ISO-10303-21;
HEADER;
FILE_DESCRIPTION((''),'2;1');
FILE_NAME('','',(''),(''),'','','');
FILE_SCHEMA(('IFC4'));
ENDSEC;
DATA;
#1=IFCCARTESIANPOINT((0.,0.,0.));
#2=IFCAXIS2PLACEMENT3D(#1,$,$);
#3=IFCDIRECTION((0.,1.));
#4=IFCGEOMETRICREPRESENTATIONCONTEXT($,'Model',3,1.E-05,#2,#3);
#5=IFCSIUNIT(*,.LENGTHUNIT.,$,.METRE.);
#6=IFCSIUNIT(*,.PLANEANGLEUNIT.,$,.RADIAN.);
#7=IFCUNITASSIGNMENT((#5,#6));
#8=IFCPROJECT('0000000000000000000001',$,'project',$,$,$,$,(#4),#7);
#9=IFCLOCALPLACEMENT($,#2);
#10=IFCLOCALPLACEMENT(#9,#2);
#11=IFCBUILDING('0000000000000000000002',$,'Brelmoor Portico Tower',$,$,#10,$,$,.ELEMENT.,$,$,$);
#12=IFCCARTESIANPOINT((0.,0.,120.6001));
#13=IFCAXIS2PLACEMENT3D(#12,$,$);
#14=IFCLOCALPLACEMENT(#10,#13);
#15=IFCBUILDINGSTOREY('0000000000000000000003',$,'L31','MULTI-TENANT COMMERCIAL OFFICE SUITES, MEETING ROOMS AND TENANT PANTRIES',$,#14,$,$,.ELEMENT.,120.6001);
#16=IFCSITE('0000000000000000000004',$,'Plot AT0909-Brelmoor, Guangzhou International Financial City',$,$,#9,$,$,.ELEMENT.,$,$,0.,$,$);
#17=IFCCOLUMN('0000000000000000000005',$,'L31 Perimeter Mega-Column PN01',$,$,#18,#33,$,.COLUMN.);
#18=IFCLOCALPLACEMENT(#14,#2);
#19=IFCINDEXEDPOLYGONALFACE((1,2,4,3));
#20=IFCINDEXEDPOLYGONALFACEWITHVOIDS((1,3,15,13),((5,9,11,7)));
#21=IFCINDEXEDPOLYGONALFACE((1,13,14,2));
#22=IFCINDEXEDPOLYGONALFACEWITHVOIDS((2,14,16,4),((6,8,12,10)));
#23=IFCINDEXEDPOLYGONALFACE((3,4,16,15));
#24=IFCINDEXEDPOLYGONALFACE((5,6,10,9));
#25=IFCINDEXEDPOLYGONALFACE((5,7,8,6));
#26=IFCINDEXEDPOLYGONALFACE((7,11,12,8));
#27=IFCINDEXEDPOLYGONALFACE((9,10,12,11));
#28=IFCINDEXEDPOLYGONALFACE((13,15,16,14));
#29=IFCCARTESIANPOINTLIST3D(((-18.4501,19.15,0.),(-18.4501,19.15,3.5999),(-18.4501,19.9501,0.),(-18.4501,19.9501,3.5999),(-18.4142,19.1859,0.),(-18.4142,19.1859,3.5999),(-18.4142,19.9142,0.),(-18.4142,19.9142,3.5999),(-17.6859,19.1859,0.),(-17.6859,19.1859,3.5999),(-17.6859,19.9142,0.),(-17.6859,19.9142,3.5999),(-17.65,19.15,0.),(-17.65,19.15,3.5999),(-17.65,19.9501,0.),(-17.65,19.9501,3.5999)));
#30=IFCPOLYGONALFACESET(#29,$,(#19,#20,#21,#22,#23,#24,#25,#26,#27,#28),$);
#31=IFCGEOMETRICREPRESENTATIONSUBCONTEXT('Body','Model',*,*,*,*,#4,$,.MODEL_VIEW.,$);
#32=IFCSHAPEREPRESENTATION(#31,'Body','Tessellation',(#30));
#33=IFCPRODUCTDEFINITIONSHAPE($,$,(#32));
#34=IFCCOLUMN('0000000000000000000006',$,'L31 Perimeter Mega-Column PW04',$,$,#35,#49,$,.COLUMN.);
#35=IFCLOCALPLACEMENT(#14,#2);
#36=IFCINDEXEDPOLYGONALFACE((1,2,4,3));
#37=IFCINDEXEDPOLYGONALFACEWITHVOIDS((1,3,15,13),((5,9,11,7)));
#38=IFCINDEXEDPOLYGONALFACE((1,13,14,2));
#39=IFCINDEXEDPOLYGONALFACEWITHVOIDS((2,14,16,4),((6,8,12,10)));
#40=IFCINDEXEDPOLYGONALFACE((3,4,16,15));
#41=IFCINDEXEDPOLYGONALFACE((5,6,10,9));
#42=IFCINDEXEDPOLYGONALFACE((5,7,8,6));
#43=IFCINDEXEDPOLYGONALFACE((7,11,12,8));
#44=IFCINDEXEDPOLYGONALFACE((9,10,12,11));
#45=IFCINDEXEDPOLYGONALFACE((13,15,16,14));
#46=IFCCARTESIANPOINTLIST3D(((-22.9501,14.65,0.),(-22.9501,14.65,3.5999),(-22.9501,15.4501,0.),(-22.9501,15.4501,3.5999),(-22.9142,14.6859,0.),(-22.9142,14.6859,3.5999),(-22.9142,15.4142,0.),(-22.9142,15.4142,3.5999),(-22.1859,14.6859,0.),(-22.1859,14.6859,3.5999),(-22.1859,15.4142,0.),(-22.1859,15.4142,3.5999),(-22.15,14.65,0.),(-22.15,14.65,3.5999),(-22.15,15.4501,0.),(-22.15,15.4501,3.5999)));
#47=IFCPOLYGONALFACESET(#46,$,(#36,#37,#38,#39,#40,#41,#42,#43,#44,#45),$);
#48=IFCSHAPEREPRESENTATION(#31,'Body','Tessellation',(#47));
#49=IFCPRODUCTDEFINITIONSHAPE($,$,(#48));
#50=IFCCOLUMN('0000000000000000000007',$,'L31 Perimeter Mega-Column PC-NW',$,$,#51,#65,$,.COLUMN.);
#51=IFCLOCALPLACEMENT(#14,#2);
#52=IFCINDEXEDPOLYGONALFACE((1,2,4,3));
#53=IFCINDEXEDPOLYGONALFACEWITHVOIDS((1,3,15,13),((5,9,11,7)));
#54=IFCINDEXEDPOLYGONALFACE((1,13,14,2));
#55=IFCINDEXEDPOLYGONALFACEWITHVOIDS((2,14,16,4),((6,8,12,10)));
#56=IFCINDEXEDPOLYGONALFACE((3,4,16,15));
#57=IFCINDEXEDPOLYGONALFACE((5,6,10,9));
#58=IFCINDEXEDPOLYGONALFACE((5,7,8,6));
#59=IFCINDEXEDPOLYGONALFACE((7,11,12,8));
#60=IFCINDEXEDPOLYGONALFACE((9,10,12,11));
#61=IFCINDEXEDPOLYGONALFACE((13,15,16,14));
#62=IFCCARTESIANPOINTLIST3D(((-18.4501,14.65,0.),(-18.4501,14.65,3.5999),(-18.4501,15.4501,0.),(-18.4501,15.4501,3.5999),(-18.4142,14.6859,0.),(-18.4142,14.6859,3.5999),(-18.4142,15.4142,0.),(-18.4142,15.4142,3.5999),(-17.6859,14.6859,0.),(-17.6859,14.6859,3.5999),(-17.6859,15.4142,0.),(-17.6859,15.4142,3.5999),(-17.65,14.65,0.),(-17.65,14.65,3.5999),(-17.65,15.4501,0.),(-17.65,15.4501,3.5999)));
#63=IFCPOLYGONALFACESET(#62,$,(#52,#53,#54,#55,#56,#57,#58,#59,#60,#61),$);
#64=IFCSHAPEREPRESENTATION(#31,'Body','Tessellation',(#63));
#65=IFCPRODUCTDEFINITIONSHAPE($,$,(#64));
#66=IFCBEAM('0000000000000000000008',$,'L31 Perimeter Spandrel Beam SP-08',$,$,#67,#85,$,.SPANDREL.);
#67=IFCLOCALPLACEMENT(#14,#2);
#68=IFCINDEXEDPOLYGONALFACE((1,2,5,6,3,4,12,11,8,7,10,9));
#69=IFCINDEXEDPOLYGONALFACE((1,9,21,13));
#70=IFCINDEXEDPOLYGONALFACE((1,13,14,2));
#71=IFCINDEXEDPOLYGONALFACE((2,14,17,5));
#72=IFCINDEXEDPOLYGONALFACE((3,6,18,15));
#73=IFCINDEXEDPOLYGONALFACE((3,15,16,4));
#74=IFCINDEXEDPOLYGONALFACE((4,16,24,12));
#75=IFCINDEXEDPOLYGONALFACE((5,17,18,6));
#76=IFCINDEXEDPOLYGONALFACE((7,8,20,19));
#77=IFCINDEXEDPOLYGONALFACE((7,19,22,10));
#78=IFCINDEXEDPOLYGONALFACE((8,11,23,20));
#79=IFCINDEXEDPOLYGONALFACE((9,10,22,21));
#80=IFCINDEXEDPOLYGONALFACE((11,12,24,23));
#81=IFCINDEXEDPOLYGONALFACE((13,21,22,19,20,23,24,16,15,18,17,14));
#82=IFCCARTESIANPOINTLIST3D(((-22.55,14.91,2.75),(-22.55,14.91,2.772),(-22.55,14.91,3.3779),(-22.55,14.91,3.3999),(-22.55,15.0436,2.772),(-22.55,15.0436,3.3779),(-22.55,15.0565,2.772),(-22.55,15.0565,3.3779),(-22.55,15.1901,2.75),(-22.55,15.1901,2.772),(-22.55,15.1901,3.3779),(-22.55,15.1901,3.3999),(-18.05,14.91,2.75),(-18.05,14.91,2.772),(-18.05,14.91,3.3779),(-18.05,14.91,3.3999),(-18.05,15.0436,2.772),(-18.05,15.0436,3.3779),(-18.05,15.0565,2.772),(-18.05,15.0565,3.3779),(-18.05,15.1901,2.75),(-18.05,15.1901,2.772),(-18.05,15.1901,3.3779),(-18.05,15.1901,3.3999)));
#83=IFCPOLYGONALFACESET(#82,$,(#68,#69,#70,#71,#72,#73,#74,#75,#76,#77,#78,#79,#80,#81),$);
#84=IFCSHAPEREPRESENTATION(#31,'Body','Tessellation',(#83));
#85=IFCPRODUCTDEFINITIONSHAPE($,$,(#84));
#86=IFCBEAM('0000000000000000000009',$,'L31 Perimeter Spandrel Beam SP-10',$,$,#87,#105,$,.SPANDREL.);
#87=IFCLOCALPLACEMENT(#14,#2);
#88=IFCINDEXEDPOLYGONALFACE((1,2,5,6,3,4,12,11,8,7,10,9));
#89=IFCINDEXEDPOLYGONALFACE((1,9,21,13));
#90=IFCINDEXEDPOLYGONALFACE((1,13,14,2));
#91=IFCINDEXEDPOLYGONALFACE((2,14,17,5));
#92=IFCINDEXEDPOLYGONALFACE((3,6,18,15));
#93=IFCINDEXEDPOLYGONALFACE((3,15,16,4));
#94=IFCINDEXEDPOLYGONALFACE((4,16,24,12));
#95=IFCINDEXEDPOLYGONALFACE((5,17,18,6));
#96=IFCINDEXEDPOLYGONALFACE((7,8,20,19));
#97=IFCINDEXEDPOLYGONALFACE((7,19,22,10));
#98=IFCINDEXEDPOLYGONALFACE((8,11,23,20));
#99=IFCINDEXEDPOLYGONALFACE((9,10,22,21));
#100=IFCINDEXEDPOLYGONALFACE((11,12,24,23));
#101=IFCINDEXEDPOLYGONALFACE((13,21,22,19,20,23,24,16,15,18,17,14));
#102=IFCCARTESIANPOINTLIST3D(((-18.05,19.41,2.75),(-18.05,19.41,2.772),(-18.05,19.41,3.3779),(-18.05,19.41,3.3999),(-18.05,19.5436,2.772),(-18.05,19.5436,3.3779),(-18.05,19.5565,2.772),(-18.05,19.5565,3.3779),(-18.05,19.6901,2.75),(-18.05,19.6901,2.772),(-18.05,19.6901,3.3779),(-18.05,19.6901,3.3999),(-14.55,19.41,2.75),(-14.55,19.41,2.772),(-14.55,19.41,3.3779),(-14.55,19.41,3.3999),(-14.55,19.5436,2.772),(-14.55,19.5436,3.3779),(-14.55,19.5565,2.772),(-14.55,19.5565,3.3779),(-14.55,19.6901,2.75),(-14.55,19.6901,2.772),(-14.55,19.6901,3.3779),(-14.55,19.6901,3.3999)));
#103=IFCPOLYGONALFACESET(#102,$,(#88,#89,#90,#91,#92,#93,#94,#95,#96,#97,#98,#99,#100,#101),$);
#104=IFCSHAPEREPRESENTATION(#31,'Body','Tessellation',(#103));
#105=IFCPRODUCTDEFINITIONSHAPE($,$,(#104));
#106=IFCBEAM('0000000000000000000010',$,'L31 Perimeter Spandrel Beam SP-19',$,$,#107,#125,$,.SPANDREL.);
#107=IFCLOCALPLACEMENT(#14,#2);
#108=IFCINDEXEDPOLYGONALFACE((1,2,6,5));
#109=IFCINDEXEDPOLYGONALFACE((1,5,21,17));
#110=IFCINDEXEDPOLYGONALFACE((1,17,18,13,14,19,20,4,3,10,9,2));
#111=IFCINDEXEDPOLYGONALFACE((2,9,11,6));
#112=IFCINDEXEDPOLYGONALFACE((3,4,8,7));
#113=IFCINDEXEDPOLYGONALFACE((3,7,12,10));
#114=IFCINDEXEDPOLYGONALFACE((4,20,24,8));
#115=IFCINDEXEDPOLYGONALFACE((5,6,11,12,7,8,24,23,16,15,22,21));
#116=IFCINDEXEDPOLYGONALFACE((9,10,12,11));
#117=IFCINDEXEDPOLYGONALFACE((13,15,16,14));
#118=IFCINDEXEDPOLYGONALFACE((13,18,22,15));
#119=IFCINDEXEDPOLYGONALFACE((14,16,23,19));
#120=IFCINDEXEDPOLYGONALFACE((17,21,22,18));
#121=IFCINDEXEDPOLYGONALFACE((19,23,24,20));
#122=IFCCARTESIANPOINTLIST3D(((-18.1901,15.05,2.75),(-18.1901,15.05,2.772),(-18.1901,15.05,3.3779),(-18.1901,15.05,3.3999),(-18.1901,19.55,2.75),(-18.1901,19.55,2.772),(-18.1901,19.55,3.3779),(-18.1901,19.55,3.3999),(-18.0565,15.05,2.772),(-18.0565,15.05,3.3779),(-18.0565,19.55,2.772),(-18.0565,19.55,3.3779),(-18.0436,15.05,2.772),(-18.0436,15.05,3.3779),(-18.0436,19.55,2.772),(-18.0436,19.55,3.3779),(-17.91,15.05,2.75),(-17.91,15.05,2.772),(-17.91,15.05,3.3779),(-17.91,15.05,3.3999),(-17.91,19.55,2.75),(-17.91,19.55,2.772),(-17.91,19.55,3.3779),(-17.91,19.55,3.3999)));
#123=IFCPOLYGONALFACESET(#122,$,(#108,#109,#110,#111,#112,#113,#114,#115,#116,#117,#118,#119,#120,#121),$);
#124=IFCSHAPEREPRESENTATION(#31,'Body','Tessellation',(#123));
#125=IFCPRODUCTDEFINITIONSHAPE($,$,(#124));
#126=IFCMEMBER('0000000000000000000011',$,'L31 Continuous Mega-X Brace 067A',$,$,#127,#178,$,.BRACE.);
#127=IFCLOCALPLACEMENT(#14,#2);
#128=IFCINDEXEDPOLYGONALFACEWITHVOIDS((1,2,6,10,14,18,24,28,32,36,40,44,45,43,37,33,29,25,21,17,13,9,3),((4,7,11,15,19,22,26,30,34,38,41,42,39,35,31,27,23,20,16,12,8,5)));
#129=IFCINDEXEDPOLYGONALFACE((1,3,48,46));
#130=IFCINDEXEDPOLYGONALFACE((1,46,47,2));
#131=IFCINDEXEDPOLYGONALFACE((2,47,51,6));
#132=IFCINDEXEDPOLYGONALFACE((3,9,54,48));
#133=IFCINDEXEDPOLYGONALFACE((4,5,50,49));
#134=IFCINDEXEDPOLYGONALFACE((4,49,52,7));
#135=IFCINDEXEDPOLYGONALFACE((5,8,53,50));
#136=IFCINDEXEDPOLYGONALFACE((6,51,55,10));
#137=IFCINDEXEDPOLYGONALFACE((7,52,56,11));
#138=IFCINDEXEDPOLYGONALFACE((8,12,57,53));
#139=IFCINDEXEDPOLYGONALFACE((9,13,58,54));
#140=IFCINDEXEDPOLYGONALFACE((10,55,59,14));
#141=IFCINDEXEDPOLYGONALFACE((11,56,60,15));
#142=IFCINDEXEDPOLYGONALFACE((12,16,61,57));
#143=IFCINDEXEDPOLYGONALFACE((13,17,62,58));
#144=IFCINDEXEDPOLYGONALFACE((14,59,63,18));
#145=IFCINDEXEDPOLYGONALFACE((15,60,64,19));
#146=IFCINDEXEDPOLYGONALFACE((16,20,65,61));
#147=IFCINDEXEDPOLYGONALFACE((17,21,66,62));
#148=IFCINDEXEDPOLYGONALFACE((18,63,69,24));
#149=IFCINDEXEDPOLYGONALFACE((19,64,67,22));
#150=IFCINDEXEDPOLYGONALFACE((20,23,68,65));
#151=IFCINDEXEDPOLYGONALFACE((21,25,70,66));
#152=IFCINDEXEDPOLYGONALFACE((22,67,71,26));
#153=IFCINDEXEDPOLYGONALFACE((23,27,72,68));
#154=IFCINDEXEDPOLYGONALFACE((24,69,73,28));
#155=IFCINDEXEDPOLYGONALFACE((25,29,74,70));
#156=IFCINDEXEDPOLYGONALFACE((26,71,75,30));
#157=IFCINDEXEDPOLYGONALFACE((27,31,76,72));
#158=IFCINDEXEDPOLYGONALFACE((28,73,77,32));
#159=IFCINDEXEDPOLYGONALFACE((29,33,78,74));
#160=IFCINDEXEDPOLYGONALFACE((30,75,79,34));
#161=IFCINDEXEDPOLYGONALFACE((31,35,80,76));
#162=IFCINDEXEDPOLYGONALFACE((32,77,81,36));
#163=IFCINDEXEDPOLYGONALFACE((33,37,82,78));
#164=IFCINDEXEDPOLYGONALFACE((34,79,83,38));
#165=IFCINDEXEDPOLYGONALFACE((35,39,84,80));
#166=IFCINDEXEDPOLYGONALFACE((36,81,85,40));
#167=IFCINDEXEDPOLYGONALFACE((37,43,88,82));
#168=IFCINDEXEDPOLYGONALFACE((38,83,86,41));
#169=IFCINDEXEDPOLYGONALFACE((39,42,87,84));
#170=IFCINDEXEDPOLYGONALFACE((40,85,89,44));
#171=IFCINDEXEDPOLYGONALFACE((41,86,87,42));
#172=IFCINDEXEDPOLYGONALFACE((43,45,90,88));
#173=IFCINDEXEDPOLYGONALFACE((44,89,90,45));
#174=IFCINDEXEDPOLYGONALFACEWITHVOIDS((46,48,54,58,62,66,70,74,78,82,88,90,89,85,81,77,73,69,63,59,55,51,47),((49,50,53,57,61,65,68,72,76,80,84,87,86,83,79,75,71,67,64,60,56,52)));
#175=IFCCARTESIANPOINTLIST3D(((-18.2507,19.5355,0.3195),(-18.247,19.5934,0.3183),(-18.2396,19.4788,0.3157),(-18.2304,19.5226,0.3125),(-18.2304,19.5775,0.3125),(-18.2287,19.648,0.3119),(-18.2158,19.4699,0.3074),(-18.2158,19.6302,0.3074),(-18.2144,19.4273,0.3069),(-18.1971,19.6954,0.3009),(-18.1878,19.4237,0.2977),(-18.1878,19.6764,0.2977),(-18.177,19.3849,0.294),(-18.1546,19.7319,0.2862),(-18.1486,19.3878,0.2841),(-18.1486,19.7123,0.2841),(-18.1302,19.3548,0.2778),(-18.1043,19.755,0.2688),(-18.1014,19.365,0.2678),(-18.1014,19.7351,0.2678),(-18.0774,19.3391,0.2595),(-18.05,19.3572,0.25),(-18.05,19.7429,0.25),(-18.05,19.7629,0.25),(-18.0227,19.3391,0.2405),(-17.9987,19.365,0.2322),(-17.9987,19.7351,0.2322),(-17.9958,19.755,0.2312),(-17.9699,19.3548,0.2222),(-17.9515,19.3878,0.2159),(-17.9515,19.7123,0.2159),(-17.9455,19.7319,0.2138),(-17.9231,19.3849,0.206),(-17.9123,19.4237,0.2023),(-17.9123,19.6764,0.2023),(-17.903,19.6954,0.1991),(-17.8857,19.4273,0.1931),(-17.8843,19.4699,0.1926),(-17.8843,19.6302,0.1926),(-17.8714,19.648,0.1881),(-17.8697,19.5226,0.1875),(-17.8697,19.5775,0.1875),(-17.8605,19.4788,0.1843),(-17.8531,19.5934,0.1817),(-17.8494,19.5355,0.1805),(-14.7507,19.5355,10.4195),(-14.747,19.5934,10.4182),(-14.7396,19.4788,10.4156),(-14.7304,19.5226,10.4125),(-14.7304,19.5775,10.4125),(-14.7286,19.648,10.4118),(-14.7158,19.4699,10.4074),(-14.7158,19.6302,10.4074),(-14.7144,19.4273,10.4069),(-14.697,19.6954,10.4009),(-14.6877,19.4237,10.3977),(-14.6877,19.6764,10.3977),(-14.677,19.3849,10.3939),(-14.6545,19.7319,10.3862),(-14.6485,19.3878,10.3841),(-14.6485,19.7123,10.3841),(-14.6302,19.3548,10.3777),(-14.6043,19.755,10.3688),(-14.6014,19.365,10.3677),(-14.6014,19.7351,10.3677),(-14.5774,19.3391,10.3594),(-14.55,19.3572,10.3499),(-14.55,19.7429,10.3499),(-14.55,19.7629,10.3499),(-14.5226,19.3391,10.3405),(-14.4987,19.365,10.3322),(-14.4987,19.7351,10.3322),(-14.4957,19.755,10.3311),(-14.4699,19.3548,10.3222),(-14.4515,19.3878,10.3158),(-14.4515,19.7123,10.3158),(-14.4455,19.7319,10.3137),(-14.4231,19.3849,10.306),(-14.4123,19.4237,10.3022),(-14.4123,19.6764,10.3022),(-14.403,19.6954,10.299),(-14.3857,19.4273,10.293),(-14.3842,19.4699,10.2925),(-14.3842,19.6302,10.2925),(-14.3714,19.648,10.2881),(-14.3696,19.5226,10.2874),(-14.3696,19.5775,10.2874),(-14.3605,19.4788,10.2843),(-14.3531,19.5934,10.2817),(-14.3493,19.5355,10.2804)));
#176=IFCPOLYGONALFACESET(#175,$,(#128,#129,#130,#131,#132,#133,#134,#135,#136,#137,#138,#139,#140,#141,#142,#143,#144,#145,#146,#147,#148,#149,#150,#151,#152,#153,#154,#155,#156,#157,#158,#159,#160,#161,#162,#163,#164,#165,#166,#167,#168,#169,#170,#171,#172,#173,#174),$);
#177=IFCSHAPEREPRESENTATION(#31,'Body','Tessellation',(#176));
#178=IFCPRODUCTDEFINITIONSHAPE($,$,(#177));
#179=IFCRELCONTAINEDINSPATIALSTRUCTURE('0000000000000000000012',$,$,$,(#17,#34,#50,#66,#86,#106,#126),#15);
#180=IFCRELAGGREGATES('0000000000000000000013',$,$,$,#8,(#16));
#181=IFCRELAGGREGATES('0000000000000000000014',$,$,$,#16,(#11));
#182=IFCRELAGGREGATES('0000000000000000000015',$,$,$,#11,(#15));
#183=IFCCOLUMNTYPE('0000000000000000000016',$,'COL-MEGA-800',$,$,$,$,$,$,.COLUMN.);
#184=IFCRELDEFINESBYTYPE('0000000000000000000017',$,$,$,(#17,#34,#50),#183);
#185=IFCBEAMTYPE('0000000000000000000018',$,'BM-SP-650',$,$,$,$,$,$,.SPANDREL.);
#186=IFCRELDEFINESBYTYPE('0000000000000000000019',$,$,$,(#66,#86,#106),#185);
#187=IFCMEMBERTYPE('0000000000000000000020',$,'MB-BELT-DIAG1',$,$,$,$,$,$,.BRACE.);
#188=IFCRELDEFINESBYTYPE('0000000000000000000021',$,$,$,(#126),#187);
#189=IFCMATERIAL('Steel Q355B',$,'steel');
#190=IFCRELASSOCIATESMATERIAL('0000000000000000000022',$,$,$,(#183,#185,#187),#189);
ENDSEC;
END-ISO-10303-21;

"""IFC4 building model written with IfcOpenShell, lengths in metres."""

from ifc_helpers import new_model, si_unit, direction, frame, origin, origin_2d, place, context, subcontext, project, spatial, hollow_rectangle, hollow_circle, i_section, extrude, material, material_profile, profile_set, type_object, element, save


model = new_model("IFC4")

# Units and contexts
model_context = context("Model", 3, precision=1e-05, world=origin(), true_north=direction((0.0, 1.0)))
body_context = subcontext(model_context, "Body", "Model", "MODEL_VIEW")
ifc_project = project(units=[si_unit("LENGTHUNIT", "METRE"), si_unit("PLANEANGLEUNIT", "RADIAN")], contexts=[model_context])

# Site, building, storey
site_placement = place(None, origin())
site = spatial("IfcSite", under=ifc_project, at=site_placement, Name="Plot AT0909-Brelmoor, Guangzhou International Financial City", CompositionType="ELEMENT", RefElevation=0.0)
building_placement = place(site_placement, origin())
building = spatial("IfcBuilding", under=site, at=building_placement, Name="Brelmoor Portico Tower", CompositionType="ELEMENT")
storey_placement = place(building_placement, frame((0.0, 0.0, 120.6001)))
storey = spatial("IfcBuildingStorey", under=building, at=storey_placement, Name="L31", Description="MULTI-TENANT COMMERCIAL OFFICE SUITES, MEETING ROOMS AND TENANT PANTRIES", CompositionType="ELEMENT", Elevation=120.6001)

# Columns
ifc_material_1 = material(Name="Steel Q355B", Category="steel")
ifc_material_profile_1 = material_profile(ifc_material_1, hollow_rectangle(XDim=0.8, YDim=0.8, WallThickness=0.0359, at=origin_2d()), Name="BOX 800x800x36")
ifc_profile_set_1 = profile_set([ifc_material_profile_1], Name="Steel Q355B")
column_type = type_object("IfcColumnType", Name="COL-MEGA-800", PredefinedType="COLUMN", material=ifc_profile_set_1)
for number, where, z_axis, x_axis, name in (
    (1, (-18.05, 19.55, 0.0), (0.0, 0.0, 1.0), (1.0, 0.0, 0.0), "L31 Perimeter Mega-Column PN01"),
    (2, (-22.55, 15.05, 0.0), (0.0, 0.0, 1.0), (0.0, 1.0, 0.0), "L31 Perimeter Mega-Column PW04"),
    (3, (-18.05, 15.05, 0.0), (0.0, 0.0, 1.0), (1.0, 0.0, 0.0), "L31 Perimeter Mega-Column PC-NW"),
):
    element("IfcColumn", number, at=place(storey_placement, frame(where, z_axis=z_axis, x_axis=x_axis)), inside=storey, type_object=column_type, Name=name, PredefinedType="COLUMN", context=body_context, shape_type="SweptSolid", body=[
        extrude(hollow_rectangle(XDim=0.8, YDim=0.8, WallThickness=0.0359, at=origin_2d()), origin(), (0.0, 0.0, 1.0), 3.5999),
    ])

# Beams
ifc_material_profile_2 = material_profile(ifc_material_1, i_section(OverallWidth=0.28, OverallDepth=0.6499, WebThickness=0.0129, FlangeThickness=0.022, at=origin_2d()), Name="HN 650x280x13x22")
ifc_profile_set_2 = profile_set([ifc_material_profile_2], Name="Steel Q355B")
beam_type = type_object("IfcBeamType", Name="BM-SP-650", PredefinedType="SPANDREL", material=ifc_profile_set_2)
beam_1_placement = place(storey_placement, frame((-22.55, 15.05, 3.075), z_axis=(1.0, 0.0, 0.0), x_axis=(0.0, 1.0, 0.0)))
element("IfcBeam", 4, at=beam_1_placement, inside=storey, type_object=beam_type, Name="L31 Perimeter Spandrel Beam SP-08", PredefinedType="SPANDREL", context=body_context, shape_type="SweptSolid", body=[
    extrude(i_section(OverallWidth=0.28, OverallDepth=0.6499, WebThickness=0.0129, FlangeThickness=0.022, at=origin_2d()), origin(), (0.0, 0.0, 1.0), 4.5),
])
beam_2_placement = place(storey_placement, frame((-18.05, 19.55, 3.075), z_axis=(1.0, 0.0, 0.0), x_axis=(0.0, 1.0, 0.0)))
element("IfcBeam", 5, at=beam_2_placement, inside=storey, type_object=beam_type, Name="L31 Perimeter Spandrel Beam SP-10", PredefinedType="SPANDREL", context=body_context, shape_type="SweptSolid", body=[
    extrude(i_section(OverallWidth=0.28, OverallDepth=0.6499, WebThickness=0.0129, FlangeThickness=0.022, at=origin_2d()), origin(), (0.0, 0.0, 1.0), 3.5),
])
beam_3_placement = place(storey_placement, frame((-18.05, 15.05, 3.075), z_axis=(0.0, 1.0, 0.0), x_axis=(-1.0, 0.0, 0.0)))
element("IfcBeam", 6, at=beam_3_placement, inside=storey, type_object=beam_type, Name="L31 Perimeter Spandrel Beam SP-19", PredefinedType="SPANDREL", context=body_context, shape_type="SweptSolid", body=[
    extrude(i_section(OverallWidth=0.28, OverallDepth=0.6499, WebThickness=0.0129, FlangeThickness=0.022, at=origin_2d()), origin(), (0.0, 0.0, 1.0), 4.5),
])

# Member
ifc_material_profile_3 = material_profile(ifc_material_1, hollow_circle(Radius=0.2129, WallThickness=0.02, at=origin_2d()), Name="CHS 426x20")
ifc_profile_set_3 = profile_set([ifc_material_profile_3], Name="Steel Q355B")
member_type_1 = type_object("IfcMemberType", Name="MB-BELT-DIAG1", PredefinedType="BRACE", material=ifc_profile_set_3)
member_1_placement = place(storey_placement, frame((-18.05, 19.55, 0.25), z_axis=(0.327436, 0.0, 0.944873), x_axis=(0.0, 1.0, 0.0)))
element("IfcMember", 7, at=member_1_placement, inside=storey, type_object=member_type_1, Name="L31 Continuous Mega-X Brace 067A", PredefinedType="BRACE", context=body_context, shape_type="SweptSolid", body=[
    extrude(hollow_circle(Radius=0.2129, WallThickness=0.02, at=origin_2d()), origin(), (0.0, 0.0, 1.0), 10.6892),
])

save(model, "model.ifc")
